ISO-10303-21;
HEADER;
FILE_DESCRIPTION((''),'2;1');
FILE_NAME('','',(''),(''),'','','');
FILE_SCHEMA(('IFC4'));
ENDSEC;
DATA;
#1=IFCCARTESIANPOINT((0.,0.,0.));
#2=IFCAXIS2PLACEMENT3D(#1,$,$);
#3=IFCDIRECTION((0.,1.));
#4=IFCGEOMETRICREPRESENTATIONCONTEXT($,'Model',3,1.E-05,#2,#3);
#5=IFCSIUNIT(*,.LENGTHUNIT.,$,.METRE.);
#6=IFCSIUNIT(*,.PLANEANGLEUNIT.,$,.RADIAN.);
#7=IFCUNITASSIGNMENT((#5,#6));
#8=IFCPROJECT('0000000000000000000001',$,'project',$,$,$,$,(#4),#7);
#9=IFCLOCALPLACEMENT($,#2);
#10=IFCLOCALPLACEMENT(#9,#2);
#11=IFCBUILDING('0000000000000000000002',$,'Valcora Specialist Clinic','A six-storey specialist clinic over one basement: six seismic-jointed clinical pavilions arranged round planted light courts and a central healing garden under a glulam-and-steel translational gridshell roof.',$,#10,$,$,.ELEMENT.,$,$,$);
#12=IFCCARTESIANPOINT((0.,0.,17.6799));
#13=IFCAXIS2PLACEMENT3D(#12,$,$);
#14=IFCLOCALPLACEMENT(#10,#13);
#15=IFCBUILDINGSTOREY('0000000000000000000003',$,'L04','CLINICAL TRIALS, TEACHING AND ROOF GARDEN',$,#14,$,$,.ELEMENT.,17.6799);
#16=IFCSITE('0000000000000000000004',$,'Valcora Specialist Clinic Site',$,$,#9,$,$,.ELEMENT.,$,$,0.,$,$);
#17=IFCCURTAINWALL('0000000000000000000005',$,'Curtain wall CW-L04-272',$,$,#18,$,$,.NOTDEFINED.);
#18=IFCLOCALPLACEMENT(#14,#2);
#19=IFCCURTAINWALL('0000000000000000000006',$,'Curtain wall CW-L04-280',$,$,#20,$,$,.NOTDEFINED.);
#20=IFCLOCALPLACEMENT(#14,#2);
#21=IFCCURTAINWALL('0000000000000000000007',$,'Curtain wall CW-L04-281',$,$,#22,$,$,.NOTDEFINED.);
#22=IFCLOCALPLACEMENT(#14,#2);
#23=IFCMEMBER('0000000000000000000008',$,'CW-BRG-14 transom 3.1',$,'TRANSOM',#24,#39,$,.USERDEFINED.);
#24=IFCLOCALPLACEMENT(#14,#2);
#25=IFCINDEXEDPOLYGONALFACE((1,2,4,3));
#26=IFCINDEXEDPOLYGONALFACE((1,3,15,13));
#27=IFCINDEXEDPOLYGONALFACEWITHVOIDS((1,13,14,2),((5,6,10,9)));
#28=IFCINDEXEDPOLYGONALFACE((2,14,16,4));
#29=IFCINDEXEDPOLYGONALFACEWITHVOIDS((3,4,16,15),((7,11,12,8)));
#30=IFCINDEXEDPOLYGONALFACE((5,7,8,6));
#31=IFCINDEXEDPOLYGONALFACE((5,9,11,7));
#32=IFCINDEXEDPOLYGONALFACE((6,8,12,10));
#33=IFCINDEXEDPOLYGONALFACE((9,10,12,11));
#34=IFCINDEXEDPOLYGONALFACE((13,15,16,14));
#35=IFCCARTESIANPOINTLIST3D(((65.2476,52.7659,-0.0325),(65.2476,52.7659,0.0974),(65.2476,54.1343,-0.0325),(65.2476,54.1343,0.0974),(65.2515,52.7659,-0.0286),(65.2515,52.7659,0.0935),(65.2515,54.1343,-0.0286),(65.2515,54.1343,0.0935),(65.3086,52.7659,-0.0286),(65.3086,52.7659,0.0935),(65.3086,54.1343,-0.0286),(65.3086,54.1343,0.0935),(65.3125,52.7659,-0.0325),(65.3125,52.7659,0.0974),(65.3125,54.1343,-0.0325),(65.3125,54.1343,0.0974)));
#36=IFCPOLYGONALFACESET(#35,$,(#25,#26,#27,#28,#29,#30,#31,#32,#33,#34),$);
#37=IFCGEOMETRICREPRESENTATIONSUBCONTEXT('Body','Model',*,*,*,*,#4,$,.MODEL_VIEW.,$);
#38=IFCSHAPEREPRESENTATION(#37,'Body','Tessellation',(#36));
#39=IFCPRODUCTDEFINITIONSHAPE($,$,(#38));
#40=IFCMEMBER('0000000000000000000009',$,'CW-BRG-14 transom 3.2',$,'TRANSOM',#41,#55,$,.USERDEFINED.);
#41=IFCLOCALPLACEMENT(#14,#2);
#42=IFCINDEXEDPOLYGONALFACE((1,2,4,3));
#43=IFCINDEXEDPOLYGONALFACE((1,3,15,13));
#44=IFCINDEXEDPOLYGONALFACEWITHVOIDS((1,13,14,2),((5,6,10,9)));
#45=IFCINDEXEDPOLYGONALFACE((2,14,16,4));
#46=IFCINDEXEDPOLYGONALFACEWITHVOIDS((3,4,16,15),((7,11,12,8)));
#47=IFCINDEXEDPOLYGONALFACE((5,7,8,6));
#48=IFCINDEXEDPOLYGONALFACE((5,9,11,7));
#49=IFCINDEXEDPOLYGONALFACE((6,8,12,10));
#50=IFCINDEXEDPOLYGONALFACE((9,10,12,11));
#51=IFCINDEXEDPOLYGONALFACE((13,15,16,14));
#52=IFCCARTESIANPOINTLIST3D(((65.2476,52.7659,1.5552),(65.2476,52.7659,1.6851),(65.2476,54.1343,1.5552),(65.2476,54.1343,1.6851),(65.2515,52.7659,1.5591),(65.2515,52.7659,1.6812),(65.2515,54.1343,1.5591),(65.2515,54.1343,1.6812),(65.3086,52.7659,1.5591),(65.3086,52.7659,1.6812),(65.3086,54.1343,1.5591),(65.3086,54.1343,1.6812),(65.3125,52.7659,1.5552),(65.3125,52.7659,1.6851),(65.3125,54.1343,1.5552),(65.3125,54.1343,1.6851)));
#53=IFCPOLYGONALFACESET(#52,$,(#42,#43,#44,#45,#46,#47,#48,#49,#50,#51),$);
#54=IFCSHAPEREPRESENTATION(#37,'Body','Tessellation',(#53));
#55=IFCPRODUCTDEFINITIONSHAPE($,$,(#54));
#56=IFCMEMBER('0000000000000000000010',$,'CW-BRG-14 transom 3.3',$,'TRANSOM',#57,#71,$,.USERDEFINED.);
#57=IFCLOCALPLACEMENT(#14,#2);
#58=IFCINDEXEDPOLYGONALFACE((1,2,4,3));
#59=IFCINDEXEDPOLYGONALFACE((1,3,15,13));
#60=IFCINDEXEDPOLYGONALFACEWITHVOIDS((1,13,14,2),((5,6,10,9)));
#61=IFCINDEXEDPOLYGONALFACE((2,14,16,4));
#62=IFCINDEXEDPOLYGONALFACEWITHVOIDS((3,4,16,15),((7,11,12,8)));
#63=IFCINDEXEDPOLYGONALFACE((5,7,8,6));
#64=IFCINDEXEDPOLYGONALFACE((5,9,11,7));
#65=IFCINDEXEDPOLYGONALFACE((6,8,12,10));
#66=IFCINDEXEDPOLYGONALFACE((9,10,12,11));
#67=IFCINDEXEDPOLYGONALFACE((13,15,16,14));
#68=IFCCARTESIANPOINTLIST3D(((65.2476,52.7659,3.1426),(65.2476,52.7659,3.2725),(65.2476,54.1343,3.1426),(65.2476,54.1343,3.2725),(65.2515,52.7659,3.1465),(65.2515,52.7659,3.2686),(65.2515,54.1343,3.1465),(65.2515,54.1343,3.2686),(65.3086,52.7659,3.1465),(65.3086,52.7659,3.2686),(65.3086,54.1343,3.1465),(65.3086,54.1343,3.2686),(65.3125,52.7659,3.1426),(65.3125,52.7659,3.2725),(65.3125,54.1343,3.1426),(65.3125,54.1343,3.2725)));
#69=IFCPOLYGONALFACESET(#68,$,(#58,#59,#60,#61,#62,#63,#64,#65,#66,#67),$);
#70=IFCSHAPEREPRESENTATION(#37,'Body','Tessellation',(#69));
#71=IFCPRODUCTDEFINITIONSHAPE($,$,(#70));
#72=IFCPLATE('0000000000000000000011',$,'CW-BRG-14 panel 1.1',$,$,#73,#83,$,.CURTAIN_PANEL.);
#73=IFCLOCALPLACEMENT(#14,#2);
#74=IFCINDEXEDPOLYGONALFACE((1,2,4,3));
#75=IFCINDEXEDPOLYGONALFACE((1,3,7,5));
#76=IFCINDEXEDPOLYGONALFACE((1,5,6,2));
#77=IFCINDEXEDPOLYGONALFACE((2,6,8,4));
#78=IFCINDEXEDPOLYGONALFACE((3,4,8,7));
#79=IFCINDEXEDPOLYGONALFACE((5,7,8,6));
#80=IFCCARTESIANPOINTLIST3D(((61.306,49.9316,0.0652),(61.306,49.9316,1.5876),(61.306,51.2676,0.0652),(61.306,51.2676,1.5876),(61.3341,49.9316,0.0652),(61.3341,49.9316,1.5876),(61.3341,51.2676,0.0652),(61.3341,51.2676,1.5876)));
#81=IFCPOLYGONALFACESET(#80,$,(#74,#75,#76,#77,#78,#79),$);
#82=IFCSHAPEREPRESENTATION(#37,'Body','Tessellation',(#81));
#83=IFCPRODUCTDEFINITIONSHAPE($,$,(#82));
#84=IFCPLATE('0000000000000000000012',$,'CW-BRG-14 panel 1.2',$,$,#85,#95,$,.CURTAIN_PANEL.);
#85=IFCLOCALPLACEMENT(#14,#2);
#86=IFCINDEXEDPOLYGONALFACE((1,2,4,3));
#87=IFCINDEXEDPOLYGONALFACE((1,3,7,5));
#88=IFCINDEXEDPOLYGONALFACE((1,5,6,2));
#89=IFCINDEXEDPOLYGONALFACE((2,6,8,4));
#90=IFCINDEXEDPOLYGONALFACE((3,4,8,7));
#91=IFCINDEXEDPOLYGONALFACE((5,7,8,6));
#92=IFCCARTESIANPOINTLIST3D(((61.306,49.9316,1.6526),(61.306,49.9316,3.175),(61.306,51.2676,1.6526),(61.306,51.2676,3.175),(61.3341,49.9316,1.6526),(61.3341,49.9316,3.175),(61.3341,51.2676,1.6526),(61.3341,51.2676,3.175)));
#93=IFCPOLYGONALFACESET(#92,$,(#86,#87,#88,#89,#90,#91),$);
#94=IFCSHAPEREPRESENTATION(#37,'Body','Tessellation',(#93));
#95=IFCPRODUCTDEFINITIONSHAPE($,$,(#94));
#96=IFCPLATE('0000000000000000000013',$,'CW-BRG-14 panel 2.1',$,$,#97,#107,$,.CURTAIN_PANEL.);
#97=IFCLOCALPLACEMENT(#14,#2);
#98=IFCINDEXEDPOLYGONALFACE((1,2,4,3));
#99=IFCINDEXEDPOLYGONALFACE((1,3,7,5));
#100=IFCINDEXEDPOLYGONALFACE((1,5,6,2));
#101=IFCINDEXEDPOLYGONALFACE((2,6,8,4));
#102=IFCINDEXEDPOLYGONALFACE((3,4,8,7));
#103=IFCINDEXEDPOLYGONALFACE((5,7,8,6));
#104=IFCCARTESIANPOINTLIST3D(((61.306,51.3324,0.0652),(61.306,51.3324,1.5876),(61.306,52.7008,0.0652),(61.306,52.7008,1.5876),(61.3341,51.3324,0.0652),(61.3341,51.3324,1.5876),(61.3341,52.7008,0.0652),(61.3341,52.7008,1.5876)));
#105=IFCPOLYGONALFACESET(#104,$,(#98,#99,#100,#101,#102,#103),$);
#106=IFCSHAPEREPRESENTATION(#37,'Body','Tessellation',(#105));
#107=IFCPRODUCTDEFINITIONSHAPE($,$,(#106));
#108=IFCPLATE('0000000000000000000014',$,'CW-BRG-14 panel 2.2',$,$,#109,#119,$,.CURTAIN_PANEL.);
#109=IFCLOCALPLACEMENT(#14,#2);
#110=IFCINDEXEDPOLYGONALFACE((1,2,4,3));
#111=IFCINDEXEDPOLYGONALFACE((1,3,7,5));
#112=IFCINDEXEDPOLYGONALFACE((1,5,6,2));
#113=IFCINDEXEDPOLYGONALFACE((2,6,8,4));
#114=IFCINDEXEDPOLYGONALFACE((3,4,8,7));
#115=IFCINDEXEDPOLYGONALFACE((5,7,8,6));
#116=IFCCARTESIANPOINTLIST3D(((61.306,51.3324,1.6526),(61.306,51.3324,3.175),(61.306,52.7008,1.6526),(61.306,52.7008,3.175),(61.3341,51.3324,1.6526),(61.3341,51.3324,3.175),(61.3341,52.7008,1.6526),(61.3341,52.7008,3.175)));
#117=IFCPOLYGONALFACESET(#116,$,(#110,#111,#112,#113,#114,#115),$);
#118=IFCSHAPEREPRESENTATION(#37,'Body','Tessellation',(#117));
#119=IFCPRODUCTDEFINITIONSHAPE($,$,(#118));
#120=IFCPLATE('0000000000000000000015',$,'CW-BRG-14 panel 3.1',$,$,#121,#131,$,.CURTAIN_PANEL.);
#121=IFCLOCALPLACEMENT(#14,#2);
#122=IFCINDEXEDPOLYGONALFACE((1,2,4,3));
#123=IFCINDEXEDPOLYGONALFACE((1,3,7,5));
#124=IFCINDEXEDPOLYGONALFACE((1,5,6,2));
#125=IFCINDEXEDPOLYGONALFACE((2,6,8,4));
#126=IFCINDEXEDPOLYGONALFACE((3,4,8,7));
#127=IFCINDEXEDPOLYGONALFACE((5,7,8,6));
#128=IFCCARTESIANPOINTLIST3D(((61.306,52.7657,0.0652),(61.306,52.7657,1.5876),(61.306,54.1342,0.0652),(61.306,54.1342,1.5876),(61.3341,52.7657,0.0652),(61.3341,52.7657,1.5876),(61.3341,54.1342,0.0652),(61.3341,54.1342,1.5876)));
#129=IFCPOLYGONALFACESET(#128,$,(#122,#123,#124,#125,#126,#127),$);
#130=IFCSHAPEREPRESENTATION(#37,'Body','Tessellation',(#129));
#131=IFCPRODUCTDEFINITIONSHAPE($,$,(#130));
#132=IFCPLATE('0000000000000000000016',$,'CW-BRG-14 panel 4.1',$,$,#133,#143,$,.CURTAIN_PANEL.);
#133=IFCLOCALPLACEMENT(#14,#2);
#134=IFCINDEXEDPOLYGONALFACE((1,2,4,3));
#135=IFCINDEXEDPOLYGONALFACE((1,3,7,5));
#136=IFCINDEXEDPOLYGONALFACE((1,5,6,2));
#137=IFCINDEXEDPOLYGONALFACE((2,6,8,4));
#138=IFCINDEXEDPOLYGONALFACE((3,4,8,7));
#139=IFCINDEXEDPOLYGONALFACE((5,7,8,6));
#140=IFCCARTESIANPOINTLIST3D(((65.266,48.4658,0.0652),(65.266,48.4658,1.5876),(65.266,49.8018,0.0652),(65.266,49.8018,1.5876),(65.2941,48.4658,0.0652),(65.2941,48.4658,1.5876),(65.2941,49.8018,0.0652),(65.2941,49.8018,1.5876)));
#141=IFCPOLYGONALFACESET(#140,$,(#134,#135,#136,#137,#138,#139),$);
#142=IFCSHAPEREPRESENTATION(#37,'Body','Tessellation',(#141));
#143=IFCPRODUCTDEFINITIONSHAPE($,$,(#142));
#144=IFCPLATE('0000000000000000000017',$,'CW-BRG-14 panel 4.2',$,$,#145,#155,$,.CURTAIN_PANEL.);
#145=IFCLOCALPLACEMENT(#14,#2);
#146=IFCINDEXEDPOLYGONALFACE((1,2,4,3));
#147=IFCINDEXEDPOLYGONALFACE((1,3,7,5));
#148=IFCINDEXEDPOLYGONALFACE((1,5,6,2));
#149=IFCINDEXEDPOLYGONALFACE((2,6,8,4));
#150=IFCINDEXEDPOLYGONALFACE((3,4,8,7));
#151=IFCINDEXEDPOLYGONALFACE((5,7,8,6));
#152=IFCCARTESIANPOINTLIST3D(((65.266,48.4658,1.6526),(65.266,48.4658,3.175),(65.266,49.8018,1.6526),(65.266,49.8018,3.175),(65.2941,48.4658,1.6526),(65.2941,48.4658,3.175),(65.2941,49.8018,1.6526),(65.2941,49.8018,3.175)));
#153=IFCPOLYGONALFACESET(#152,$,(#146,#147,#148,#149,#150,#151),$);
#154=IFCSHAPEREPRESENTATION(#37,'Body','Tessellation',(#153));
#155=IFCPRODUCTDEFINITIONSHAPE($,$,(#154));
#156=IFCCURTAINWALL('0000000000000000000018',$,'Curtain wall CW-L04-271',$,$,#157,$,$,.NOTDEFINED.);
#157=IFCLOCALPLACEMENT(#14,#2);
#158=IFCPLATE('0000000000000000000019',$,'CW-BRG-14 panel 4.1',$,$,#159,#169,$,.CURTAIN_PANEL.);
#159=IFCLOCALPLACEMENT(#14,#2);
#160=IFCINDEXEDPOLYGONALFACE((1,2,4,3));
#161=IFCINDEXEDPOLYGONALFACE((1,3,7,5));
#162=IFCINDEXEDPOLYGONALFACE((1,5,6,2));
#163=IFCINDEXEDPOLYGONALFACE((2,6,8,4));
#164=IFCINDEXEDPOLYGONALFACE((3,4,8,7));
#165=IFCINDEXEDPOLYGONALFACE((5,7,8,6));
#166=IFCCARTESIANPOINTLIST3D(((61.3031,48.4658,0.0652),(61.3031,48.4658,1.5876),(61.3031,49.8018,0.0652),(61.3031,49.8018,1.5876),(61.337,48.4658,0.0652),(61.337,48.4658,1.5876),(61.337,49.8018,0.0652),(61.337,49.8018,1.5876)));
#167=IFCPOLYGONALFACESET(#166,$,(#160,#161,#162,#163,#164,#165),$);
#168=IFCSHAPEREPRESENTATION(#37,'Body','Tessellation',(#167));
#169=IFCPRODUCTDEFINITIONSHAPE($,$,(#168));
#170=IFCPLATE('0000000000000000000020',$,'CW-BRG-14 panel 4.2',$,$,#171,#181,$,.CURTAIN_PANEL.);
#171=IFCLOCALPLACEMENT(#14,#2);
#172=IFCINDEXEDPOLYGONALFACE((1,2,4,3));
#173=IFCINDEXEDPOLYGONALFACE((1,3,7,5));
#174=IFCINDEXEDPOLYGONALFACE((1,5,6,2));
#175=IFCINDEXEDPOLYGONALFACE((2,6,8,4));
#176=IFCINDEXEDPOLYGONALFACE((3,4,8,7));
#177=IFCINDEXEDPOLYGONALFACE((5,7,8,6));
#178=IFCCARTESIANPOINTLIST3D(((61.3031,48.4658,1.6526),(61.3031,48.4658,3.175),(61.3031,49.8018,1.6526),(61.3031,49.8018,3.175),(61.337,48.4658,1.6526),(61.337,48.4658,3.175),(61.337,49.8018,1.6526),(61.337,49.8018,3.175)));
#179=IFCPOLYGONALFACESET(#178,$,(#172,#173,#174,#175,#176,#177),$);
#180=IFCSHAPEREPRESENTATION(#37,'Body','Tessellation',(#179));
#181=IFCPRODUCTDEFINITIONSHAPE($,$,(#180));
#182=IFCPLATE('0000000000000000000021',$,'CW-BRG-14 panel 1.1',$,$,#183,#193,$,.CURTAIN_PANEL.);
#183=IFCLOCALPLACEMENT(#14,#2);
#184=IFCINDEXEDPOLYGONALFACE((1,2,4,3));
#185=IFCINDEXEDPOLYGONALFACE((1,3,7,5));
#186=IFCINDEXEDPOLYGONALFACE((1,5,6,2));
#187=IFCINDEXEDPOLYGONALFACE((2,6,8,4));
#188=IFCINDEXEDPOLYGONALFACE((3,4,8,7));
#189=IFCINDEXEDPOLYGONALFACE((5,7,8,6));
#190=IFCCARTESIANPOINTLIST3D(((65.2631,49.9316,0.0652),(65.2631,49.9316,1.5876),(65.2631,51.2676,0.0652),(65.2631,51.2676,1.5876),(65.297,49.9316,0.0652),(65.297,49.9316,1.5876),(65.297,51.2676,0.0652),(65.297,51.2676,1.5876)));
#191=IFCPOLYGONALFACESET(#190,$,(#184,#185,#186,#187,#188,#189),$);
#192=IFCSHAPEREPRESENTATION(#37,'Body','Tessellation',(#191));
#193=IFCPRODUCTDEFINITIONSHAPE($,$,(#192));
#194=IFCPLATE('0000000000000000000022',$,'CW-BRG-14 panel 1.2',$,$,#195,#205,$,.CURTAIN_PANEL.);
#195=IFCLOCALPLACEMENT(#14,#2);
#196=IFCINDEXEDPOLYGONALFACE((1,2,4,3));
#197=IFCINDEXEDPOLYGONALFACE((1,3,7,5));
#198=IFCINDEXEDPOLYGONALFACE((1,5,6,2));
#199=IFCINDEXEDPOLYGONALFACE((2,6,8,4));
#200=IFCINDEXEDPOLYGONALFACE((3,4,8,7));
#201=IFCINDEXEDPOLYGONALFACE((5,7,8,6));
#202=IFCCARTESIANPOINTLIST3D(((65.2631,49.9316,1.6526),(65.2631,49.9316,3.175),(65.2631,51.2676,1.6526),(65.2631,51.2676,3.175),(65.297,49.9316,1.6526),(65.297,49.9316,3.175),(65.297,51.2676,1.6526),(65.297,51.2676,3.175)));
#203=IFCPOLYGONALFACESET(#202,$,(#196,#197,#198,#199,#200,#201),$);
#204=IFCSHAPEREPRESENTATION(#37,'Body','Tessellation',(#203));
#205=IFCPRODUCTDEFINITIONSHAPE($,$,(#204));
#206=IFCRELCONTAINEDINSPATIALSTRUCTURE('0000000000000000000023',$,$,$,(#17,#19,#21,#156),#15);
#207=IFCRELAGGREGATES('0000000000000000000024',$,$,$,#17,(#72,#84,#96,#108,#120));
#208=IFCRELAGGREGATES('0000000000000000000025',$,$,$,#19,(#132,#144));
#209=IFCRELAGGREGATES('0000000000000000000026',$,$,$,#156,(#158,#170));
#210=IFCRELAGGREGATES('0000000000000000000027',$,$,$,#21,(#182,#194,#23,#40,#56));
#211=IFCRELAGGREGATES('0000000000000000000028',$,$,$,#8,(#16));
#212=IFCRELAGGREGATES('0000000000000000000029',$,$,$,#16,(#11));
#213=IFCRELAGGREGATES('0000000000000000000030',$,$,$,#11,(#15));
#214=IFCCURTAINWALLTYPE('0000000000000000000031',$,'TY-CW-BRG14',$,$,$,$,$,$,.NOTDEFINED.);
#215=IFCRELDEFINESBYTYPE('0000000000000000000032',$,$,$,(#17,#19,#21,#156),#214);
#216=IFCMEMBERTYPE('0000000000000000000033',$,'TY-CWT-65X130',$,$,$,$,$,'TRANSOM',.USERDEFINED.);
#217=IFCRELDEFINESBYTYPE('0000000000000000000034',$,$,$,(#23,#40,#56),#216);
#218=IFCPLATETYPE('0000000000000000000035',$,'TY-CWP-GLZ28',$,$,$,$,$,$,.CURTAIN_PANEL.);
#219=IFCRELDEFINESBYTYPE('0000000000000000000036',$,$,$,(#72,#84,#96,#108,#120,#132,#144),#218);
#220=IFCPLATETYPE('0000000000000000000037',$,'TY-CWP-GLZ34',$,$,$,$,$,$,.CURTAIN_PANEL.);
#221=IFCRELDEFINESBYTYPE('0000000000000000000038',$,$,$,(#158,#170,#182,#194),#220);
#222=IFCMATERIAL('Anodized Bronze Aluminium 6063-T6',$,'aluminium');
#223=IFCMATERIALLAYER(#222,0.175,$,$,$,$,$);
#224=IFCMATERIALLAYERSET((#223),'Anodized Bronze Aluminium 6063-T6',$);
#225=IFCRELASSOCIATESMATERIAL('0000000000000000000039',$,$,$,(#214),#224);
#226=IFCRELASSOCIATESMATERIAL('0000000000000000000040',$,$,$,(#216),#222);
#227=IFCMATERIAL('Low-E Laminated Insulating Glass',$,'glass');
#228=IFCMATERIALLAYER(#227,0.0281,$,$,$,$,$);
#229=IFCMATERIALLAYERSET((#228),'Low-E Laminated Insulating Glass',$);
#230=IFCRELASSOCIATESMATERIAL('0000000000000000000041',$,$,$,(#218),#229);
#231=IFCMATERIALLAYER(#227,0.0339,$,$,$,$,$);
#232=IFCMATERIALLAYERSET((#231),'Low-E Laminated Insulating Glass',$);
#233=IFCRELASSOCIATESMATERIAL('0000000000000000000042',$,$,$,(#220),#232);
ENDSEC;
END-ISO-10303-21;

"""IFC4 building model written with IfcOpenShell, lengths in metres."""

from ifc_helpers import new_model, si_unit, direction, frame, origin, origin_2d, place, context, subcontext, project, spatial, rectangle, hollow_rectangle, extrude, material, layer, layer_set, material_profile, profile_set, type_object, element, aggregate, save


model = new_model("IFC4")

# Units and contexts
model_context = context("Model", 3, precision=1e-05, world=origin(), true_north=direction((0.0, 1.0)))
body_context = subcontext(model_context, "Body", "Model", "MODEL_VIEW")
ifc_project = project(units=[si_unit("LENGTHUNIT", "METRE"), si_unit("PLANEANGLEUNIT", "RADIAN")], contexts=[model_context])

# Site, building, storey
site_placement = place(None, origin())
site = spatial("IfcSite", under=ifc_project, at=site_placement, Name="Valcora Specialist Clinic Site", CompositionType="ELEMENT", RefElevation=0.0)
building_placement = place(site_placement, origin())
building = spatial("IfcBuilding", under=site, at=building_placement, Name="Valcora Specialist Clinic", Description="A six-storey specialist clinic over one basement: six seismic-jointed clinical pavilions arranged round planted light courts and a central healing garden under a glulam-and-steel translational gridshell roof.", CompositionType="ELEMENT")
storey_placement = place(building_placement, frame((0.0, 0.0, 17.6799)))
storey = spatial("IfcBuildingStorey", under=building, at=storey_placement, Name="L04", Description="CLINICAL TRIALS, TEACHING AND ROOF GARDEN", CompositionType="ELEMENT", Elevation=17.6799)

# Curtain wall
ifc_material_1 = material(Name="Anodized Bronze Aluminium 6063-T6", Category="aluminium")
ifc_layer_1 = layer(ifc_material_1, 0.175)
ifc_layer_set_1 = layer_set([ifc_layer_1], Name="Anodized Bronze Aluminium 6063-T6")
curtain_wall_type = type_object("IfcCurtainWallType", Name="TY-CW-BRG14", PredefinedType="NOTDEFINED", material=ifc_layer_set_1)
curtain_wall_1_placement = place(storey_placement, origin())
curtain_wall_1 = element("IfcCurtainWall", 1, at=curtain_wall_1_placement, inside=storey, type_object=curtain_wall_type, Name="Curtain wall CW-L04-272", PredefinedType="NOTDEFINED")

# Curtain wall
curtain_wall_2_placement = place(storey_placement, origin())
curtain_wall_2 = element("IfcCurtainWall", 2, at=curtain_wall_2_placement, inside=storey, type_object=curtain_wall_type, Name="Curtain wall CW-L04-280", PredefinedType="NOTDEFINED")

# Curtain wall
curtain_wall_3_placement = place(storey_placement, origin())
curtain_wall_3 = element("IfcCurtainWall", 3, at=curtain_wall_3_placement, inside=storey, type_object=curtain_wall_type, Name="Curtain wall CW-L04-281", PredefinedType="NOTDEFINED")

# Members
ifc_material_profile_1 = material_profile(ifc_material_1, hollow_rectangle(XDim=0.0649, YDim=0.1299, WallThickness=0.0039, at=origin_2d()), Name="AL-TRN-65X130")
ifc_profile_set_1 = profile_set([ifc_material_profile_1], Name="Anodized Bronze Aluminium 6063-T6")
member_type_1 = type_object("IfcMemberType", Name="TY-CWT-65X130", ElementType="TRANSOM", PredefinedType="USERDEFINED", material=ifc_profile_set_1)
member_1_placement = place(storey_placement, frame((65.28, 52.7659, 0.0325), z_axis=(0.0, 1.0, 0.0), x_axis=(-1.0, 0.0, 0.0)))
member_1 = element("IfcMember", 4, at=member_1_placement, type_object=member_type_1, Name="CW-BRG-14 transom 3.1", ObjectType="TRANSOM", PredefinedType="USERDEFINED", context=body_context, shape_type="SweptSolid", body=[
    extrude(hollow_rectangle(XDim=0.0649, YDim=0.1299, WallThickness=0.0039, at=origin_2d()), origin(), (0.0, 0.0, 1.0), 1.3684),
])
member_2_placement = place(storey_placement, frame((65.28, 52.7659, 1.6201), z_axis=(0.0, 1.0, 0.0), x_axis=(-1.0, 0.0, 0.0)))
member_2 = element("IfcMember", 5, at=member_2_placement, type_object=member_type_1, Name="CW-BRG-14 transom 3.2", ObjectType="TRANSOM", PredefinedType="USERDEFINED", context=body_context, shape_type="SweptSolid", body=[
    extrude(hollow_rectangle(XDim=0.0649, YDim=0.1299, WallThickness=0.0039, at=origin_2d()), origin(), (0.0, 0.0, 1.0), 1.3684),
])
member_3_placement = place(storey_placement, frame((65.28, 52.7659, 3.2075), z_axis=(0.0, 1.0, 0.0), x_axis=(-1.0, 0.0, 0.0)))
member_3 = element("IfcMember", 6, at=member_3_placement, type_object=member_type_1, Name="CW-BRG-14 transom 3.3", ObjectType="TRANSOM", PredefinedType="USERDEFINED", context=body_context, shape_type="SweptSolid", body=[
    extrude(hollow_rectangle(XDim=0.0649, YDim=0.1299, WallThickness=0.0039, at=origin_2d()), origin(), (0.0, 0.0, 1.0), 1.3684),
])

# Plates
ifc_material_2 = material(Name="Low-E Laminated Insulating Glass", Category="glass")
ifc_layer_2 = layer(ifc_material_2, 0.0281)
ifc_layer_set_2 = layer_set([ifc_layer_2], Name="Low-E Laminated Insulating Glass")
plate_type_1 = type_object("IfcPlateType", Name="TY-CWP-GLZ28", PredefinedType="CURTAIN_PANEL", material=ifc_layer_set_2)
plate_1_placement = place(storey_placement, frame((61.3201, 50.5996, 0.0652), z_axis=(0.0, 0.0, 1.0), x_axis=(0.0, 1.0, 0.0)))
plate_1 = element("IfcPlate", 7, at=plate_1_placement, type_object=plate_type_1, Name="CW-BRG-14 panel 1.1", PredefinedType="CURTAIN_PANEL", context=body_context, shape_type="SweptSolid", body=[
    extrude(rectangle(XDim=1.3359, YDim=0.0281, at=origin_2d()), origin(), (0.0, 0.0, 1.0), 1.5225),
])
plate_2_placement = place(storey_placement, frame((61.3201, 50.5996, 1.6526), z_axis=(0.0, 0.0, 1.0), x_axis=(0.0, 1.0, 0.0)))
plate_2 = element("IfcPlate", 8, at=plate_2_placement, type_object=plate_type_1, Name="CW-BRG-14 panel 1.2", PredefinedType="CURTAIN_PANEL", context=body_context, shape_type="SweptSolid", body=[
    extrude(rectangle(XDim=1.3359, YDim=0.0281, at=origin_2d()), origin(), (0.0, 0.0, 1.0), 1.5225),
])
plate_3_placement = place(storey_placement, frame((61.3201, 52.0166, 0.0652), z_axis=(0.0, 0.0, 1.0), x_axis=(0.0, 1.0, 0.0)))
plate_3 = element("IfcPlate", 9, at=plate_3_placement, type_object=plate_type_1, Name="CW-BRG-14 panel 2.1", PredefinedType="CURTAIN_PANEL", context=body_context, shape_type="SweptSolid", body=[
    extrude(rectangle(XDim=1.3684, YDim=0.0281, at=origin_2d()), origin(), (0.0, 0.0, 1.0), 1.5225),
])
plate_4_placement = place(storey_placement, frame((61.3201, 52.0166, 1.6526), z_axis=(0.0, 0.0, 1.0), x_axis=(0.0, 1.0, 0.0)))
plate_4 = element("IfcPlate", 10, at=plate_4_placement, type_object=plate_type_1, Name="CW-BRG-14 panel 2.2", PredefinedType="CURTAIN_PANEL", context=body_context, shape_type="SweptSolid", body=[
    extrude(rectangle(XDim=1.3684, YDim=0.0281, at=origin_2d()), origin(), (0.0, 0.0, 1.0), 1.5225),
])
plate_5_placement = place(storey_placement, frame((61.3201, 53.45, 0.0652), z_axis=(0.0, 0.0, 1.0), x_axis=(0.0, 1.0, 0.0)))
plate_5 = element("IfcPlate", 11, at=plate_5_placement, type_object=plate_type_1, Name="CW-BRG-14 panel 3.1", PredefinedType="CURTAIN_PANEL", context=body_context, shape_type="SweptSolid", body=[
    extrude(rectangle(XDim=1.3684, YDim=0.0281, at=origin_2d()), origin(), (0.0, 0.0, 1.0), 1.5225),
])
aggregate(curtain_wall_1, [plate_1, plate_2, plate_3, plate_4, plate_5])
plate_6_placement = place(storey_placement, frame((65.28, 49.1338, 0.0652), z_axis=(0.0, 0.0, 1.0), x_axis=(0.0, 1.0, 0.0)))
plate_6 = element("IfcPlate", 12, at=plate_6_placement, type_object=plate_type_1, Name="CW-BRG-14 panel 4.1", PredefinedType="CURTAIN_PANEL", context=body_context, shape_type="SweptSolid", body=[
    extrude(rectangle(XDim=1.3359, YDim=0.0281, at=origin_2d()), origin(), (0.0, 0.0, 1.0), 1.5225),
])
plate_7_placement = place(storey_placement, frame((65.28, 49.1338, 1.6526), z_axis=(0.0, 0.0, 1.0), x_axis=(0.0, 1.0, 0.0)))
plate_7 = element("IfcPlate", 13, at=plate_7_placement, type_object=plate_type_1, Name="CW-BRG-14 panel 4.2", PredefinedType="CURTAIN_PANEL", context=body_context, shape_type="SweptSolid", body=[
    extrude(rectangle(XDim=1.3359, YDim=0.0281, at=origin_2d()), origin(), (0.0, 0.0, 1.0), 1.5225),
])
aggregate(curtain_wall_2, [plate_6, plate_7])

# Curtain wall, plates
curtain_wall_4_placement = place(storey_placement, origin())
curtain_wall_4 = element("IfcCurtainWall", 14, at=curtain_wall_4_placement, inside=storey, type_object=curtain_wall_type, Name="Curtain wall CW-L04-271", PredefinedType="NOTDEFINED")
ifc_layer_3 = layer(ifc_material_2, 0.0339)
ifc_layer_set_3 = layer_set([ifc_layer_3], Name="Low-E Laminated Insulating Glass")
plate_type_2 = type_object("IfcPlateType", Name="TY-CWP-GLZ34", PredefinedType="CURTAIN_PANEL", material=ifc_layer_set_3)
plate_8_placement = place(storey_placement, frame((61.3201, 49.1338, 0.0652), z_axis=(0.0, 0.0, 1.0), x_axis=(0.0, 1.0, 0.0)))
plate_8 = element("IfcPlate", 15, at=plate_8_placement, type_object=plate_type_2, Name="CW-BRG-14 panel 4.1", PredefinedType="CURTAIN_PANEL", context=body_context, shape_type="SweptSolid", body=[
    extrude(rectangle(XDim=1.3359, YDim=0.0339, at=origin_2d()), origin(), (0.0, 0.0, 1.0), 1.5225),
])
plate_9_placement = place(storey_placement, frame((61.3201, 49.1338, 1.6526), z_axis=(0.0, 0.0, 1.0), x_axis=(0.0, 1.0, 0.0)))
plate_9 = element("IfcPlate", 16, at=plate_9_placement, type_object=plate_type_2, Name="CW-BRG-14 panel 4.2", PredefinedType="CURTAIN_PANEL", context=body_context, shape_type="SweptSolid", body=[
    extrude(rectangle(XDim=1.3359, YDim=0.0339, at=origin_2d()), origin(), (0.0, 0.0, 1.0), 1.5225),
])
aggregate(curtain_wall_4, [plate_8, plate_9])

# Plates
plate_10_placement = place(storey_placement, frame((65.28, 50.5996, 0.0652), z_axis=(0.0, 0.0, 1.0), x_axis=(0.0, 1.0, 0.0)))
plate_10 = element("IfcPlate", 17, at=plate_10_placement, type_object=plate_type_2, Name="CW-BRG-14 panel 1.1", PredefinedType="CURTAIN_PANEL", context=body_context, shape_type="SweptSolid", body=[
    extrude(rectangle(XDim=1.3359, YDim=0.0339, at=origin_2d()), origin(), (0.0, 0.0, 1.0), 1.5225),
])
plate_11_placement = place(storey_placement, frame((65.28, 50.5996, 1.6526), z_axis=(0.0, 0.0, 1.0), x_axis=(0.0, 1.0, 0.0)))
plate_11 = element("IfcPlate", 18, at=plate_11_placement, type_object=plate_type_2, Name="CW-BRG-14 panel 1.2", PredefinedType="CURTAIN_PANEL", context=body_context, shape_type="SweptSolid", body=[
    extrude(rectangle(XDim=1.3359, YDim=0.0339, at=origin_2d()), origin(), (0.0, 0.0, 1.0), 1.5225),
])
aggregate(curtain_wall_3, [plate_10, plate_11, member_1, member_2, member_3])

save(model, "model.ifc")
